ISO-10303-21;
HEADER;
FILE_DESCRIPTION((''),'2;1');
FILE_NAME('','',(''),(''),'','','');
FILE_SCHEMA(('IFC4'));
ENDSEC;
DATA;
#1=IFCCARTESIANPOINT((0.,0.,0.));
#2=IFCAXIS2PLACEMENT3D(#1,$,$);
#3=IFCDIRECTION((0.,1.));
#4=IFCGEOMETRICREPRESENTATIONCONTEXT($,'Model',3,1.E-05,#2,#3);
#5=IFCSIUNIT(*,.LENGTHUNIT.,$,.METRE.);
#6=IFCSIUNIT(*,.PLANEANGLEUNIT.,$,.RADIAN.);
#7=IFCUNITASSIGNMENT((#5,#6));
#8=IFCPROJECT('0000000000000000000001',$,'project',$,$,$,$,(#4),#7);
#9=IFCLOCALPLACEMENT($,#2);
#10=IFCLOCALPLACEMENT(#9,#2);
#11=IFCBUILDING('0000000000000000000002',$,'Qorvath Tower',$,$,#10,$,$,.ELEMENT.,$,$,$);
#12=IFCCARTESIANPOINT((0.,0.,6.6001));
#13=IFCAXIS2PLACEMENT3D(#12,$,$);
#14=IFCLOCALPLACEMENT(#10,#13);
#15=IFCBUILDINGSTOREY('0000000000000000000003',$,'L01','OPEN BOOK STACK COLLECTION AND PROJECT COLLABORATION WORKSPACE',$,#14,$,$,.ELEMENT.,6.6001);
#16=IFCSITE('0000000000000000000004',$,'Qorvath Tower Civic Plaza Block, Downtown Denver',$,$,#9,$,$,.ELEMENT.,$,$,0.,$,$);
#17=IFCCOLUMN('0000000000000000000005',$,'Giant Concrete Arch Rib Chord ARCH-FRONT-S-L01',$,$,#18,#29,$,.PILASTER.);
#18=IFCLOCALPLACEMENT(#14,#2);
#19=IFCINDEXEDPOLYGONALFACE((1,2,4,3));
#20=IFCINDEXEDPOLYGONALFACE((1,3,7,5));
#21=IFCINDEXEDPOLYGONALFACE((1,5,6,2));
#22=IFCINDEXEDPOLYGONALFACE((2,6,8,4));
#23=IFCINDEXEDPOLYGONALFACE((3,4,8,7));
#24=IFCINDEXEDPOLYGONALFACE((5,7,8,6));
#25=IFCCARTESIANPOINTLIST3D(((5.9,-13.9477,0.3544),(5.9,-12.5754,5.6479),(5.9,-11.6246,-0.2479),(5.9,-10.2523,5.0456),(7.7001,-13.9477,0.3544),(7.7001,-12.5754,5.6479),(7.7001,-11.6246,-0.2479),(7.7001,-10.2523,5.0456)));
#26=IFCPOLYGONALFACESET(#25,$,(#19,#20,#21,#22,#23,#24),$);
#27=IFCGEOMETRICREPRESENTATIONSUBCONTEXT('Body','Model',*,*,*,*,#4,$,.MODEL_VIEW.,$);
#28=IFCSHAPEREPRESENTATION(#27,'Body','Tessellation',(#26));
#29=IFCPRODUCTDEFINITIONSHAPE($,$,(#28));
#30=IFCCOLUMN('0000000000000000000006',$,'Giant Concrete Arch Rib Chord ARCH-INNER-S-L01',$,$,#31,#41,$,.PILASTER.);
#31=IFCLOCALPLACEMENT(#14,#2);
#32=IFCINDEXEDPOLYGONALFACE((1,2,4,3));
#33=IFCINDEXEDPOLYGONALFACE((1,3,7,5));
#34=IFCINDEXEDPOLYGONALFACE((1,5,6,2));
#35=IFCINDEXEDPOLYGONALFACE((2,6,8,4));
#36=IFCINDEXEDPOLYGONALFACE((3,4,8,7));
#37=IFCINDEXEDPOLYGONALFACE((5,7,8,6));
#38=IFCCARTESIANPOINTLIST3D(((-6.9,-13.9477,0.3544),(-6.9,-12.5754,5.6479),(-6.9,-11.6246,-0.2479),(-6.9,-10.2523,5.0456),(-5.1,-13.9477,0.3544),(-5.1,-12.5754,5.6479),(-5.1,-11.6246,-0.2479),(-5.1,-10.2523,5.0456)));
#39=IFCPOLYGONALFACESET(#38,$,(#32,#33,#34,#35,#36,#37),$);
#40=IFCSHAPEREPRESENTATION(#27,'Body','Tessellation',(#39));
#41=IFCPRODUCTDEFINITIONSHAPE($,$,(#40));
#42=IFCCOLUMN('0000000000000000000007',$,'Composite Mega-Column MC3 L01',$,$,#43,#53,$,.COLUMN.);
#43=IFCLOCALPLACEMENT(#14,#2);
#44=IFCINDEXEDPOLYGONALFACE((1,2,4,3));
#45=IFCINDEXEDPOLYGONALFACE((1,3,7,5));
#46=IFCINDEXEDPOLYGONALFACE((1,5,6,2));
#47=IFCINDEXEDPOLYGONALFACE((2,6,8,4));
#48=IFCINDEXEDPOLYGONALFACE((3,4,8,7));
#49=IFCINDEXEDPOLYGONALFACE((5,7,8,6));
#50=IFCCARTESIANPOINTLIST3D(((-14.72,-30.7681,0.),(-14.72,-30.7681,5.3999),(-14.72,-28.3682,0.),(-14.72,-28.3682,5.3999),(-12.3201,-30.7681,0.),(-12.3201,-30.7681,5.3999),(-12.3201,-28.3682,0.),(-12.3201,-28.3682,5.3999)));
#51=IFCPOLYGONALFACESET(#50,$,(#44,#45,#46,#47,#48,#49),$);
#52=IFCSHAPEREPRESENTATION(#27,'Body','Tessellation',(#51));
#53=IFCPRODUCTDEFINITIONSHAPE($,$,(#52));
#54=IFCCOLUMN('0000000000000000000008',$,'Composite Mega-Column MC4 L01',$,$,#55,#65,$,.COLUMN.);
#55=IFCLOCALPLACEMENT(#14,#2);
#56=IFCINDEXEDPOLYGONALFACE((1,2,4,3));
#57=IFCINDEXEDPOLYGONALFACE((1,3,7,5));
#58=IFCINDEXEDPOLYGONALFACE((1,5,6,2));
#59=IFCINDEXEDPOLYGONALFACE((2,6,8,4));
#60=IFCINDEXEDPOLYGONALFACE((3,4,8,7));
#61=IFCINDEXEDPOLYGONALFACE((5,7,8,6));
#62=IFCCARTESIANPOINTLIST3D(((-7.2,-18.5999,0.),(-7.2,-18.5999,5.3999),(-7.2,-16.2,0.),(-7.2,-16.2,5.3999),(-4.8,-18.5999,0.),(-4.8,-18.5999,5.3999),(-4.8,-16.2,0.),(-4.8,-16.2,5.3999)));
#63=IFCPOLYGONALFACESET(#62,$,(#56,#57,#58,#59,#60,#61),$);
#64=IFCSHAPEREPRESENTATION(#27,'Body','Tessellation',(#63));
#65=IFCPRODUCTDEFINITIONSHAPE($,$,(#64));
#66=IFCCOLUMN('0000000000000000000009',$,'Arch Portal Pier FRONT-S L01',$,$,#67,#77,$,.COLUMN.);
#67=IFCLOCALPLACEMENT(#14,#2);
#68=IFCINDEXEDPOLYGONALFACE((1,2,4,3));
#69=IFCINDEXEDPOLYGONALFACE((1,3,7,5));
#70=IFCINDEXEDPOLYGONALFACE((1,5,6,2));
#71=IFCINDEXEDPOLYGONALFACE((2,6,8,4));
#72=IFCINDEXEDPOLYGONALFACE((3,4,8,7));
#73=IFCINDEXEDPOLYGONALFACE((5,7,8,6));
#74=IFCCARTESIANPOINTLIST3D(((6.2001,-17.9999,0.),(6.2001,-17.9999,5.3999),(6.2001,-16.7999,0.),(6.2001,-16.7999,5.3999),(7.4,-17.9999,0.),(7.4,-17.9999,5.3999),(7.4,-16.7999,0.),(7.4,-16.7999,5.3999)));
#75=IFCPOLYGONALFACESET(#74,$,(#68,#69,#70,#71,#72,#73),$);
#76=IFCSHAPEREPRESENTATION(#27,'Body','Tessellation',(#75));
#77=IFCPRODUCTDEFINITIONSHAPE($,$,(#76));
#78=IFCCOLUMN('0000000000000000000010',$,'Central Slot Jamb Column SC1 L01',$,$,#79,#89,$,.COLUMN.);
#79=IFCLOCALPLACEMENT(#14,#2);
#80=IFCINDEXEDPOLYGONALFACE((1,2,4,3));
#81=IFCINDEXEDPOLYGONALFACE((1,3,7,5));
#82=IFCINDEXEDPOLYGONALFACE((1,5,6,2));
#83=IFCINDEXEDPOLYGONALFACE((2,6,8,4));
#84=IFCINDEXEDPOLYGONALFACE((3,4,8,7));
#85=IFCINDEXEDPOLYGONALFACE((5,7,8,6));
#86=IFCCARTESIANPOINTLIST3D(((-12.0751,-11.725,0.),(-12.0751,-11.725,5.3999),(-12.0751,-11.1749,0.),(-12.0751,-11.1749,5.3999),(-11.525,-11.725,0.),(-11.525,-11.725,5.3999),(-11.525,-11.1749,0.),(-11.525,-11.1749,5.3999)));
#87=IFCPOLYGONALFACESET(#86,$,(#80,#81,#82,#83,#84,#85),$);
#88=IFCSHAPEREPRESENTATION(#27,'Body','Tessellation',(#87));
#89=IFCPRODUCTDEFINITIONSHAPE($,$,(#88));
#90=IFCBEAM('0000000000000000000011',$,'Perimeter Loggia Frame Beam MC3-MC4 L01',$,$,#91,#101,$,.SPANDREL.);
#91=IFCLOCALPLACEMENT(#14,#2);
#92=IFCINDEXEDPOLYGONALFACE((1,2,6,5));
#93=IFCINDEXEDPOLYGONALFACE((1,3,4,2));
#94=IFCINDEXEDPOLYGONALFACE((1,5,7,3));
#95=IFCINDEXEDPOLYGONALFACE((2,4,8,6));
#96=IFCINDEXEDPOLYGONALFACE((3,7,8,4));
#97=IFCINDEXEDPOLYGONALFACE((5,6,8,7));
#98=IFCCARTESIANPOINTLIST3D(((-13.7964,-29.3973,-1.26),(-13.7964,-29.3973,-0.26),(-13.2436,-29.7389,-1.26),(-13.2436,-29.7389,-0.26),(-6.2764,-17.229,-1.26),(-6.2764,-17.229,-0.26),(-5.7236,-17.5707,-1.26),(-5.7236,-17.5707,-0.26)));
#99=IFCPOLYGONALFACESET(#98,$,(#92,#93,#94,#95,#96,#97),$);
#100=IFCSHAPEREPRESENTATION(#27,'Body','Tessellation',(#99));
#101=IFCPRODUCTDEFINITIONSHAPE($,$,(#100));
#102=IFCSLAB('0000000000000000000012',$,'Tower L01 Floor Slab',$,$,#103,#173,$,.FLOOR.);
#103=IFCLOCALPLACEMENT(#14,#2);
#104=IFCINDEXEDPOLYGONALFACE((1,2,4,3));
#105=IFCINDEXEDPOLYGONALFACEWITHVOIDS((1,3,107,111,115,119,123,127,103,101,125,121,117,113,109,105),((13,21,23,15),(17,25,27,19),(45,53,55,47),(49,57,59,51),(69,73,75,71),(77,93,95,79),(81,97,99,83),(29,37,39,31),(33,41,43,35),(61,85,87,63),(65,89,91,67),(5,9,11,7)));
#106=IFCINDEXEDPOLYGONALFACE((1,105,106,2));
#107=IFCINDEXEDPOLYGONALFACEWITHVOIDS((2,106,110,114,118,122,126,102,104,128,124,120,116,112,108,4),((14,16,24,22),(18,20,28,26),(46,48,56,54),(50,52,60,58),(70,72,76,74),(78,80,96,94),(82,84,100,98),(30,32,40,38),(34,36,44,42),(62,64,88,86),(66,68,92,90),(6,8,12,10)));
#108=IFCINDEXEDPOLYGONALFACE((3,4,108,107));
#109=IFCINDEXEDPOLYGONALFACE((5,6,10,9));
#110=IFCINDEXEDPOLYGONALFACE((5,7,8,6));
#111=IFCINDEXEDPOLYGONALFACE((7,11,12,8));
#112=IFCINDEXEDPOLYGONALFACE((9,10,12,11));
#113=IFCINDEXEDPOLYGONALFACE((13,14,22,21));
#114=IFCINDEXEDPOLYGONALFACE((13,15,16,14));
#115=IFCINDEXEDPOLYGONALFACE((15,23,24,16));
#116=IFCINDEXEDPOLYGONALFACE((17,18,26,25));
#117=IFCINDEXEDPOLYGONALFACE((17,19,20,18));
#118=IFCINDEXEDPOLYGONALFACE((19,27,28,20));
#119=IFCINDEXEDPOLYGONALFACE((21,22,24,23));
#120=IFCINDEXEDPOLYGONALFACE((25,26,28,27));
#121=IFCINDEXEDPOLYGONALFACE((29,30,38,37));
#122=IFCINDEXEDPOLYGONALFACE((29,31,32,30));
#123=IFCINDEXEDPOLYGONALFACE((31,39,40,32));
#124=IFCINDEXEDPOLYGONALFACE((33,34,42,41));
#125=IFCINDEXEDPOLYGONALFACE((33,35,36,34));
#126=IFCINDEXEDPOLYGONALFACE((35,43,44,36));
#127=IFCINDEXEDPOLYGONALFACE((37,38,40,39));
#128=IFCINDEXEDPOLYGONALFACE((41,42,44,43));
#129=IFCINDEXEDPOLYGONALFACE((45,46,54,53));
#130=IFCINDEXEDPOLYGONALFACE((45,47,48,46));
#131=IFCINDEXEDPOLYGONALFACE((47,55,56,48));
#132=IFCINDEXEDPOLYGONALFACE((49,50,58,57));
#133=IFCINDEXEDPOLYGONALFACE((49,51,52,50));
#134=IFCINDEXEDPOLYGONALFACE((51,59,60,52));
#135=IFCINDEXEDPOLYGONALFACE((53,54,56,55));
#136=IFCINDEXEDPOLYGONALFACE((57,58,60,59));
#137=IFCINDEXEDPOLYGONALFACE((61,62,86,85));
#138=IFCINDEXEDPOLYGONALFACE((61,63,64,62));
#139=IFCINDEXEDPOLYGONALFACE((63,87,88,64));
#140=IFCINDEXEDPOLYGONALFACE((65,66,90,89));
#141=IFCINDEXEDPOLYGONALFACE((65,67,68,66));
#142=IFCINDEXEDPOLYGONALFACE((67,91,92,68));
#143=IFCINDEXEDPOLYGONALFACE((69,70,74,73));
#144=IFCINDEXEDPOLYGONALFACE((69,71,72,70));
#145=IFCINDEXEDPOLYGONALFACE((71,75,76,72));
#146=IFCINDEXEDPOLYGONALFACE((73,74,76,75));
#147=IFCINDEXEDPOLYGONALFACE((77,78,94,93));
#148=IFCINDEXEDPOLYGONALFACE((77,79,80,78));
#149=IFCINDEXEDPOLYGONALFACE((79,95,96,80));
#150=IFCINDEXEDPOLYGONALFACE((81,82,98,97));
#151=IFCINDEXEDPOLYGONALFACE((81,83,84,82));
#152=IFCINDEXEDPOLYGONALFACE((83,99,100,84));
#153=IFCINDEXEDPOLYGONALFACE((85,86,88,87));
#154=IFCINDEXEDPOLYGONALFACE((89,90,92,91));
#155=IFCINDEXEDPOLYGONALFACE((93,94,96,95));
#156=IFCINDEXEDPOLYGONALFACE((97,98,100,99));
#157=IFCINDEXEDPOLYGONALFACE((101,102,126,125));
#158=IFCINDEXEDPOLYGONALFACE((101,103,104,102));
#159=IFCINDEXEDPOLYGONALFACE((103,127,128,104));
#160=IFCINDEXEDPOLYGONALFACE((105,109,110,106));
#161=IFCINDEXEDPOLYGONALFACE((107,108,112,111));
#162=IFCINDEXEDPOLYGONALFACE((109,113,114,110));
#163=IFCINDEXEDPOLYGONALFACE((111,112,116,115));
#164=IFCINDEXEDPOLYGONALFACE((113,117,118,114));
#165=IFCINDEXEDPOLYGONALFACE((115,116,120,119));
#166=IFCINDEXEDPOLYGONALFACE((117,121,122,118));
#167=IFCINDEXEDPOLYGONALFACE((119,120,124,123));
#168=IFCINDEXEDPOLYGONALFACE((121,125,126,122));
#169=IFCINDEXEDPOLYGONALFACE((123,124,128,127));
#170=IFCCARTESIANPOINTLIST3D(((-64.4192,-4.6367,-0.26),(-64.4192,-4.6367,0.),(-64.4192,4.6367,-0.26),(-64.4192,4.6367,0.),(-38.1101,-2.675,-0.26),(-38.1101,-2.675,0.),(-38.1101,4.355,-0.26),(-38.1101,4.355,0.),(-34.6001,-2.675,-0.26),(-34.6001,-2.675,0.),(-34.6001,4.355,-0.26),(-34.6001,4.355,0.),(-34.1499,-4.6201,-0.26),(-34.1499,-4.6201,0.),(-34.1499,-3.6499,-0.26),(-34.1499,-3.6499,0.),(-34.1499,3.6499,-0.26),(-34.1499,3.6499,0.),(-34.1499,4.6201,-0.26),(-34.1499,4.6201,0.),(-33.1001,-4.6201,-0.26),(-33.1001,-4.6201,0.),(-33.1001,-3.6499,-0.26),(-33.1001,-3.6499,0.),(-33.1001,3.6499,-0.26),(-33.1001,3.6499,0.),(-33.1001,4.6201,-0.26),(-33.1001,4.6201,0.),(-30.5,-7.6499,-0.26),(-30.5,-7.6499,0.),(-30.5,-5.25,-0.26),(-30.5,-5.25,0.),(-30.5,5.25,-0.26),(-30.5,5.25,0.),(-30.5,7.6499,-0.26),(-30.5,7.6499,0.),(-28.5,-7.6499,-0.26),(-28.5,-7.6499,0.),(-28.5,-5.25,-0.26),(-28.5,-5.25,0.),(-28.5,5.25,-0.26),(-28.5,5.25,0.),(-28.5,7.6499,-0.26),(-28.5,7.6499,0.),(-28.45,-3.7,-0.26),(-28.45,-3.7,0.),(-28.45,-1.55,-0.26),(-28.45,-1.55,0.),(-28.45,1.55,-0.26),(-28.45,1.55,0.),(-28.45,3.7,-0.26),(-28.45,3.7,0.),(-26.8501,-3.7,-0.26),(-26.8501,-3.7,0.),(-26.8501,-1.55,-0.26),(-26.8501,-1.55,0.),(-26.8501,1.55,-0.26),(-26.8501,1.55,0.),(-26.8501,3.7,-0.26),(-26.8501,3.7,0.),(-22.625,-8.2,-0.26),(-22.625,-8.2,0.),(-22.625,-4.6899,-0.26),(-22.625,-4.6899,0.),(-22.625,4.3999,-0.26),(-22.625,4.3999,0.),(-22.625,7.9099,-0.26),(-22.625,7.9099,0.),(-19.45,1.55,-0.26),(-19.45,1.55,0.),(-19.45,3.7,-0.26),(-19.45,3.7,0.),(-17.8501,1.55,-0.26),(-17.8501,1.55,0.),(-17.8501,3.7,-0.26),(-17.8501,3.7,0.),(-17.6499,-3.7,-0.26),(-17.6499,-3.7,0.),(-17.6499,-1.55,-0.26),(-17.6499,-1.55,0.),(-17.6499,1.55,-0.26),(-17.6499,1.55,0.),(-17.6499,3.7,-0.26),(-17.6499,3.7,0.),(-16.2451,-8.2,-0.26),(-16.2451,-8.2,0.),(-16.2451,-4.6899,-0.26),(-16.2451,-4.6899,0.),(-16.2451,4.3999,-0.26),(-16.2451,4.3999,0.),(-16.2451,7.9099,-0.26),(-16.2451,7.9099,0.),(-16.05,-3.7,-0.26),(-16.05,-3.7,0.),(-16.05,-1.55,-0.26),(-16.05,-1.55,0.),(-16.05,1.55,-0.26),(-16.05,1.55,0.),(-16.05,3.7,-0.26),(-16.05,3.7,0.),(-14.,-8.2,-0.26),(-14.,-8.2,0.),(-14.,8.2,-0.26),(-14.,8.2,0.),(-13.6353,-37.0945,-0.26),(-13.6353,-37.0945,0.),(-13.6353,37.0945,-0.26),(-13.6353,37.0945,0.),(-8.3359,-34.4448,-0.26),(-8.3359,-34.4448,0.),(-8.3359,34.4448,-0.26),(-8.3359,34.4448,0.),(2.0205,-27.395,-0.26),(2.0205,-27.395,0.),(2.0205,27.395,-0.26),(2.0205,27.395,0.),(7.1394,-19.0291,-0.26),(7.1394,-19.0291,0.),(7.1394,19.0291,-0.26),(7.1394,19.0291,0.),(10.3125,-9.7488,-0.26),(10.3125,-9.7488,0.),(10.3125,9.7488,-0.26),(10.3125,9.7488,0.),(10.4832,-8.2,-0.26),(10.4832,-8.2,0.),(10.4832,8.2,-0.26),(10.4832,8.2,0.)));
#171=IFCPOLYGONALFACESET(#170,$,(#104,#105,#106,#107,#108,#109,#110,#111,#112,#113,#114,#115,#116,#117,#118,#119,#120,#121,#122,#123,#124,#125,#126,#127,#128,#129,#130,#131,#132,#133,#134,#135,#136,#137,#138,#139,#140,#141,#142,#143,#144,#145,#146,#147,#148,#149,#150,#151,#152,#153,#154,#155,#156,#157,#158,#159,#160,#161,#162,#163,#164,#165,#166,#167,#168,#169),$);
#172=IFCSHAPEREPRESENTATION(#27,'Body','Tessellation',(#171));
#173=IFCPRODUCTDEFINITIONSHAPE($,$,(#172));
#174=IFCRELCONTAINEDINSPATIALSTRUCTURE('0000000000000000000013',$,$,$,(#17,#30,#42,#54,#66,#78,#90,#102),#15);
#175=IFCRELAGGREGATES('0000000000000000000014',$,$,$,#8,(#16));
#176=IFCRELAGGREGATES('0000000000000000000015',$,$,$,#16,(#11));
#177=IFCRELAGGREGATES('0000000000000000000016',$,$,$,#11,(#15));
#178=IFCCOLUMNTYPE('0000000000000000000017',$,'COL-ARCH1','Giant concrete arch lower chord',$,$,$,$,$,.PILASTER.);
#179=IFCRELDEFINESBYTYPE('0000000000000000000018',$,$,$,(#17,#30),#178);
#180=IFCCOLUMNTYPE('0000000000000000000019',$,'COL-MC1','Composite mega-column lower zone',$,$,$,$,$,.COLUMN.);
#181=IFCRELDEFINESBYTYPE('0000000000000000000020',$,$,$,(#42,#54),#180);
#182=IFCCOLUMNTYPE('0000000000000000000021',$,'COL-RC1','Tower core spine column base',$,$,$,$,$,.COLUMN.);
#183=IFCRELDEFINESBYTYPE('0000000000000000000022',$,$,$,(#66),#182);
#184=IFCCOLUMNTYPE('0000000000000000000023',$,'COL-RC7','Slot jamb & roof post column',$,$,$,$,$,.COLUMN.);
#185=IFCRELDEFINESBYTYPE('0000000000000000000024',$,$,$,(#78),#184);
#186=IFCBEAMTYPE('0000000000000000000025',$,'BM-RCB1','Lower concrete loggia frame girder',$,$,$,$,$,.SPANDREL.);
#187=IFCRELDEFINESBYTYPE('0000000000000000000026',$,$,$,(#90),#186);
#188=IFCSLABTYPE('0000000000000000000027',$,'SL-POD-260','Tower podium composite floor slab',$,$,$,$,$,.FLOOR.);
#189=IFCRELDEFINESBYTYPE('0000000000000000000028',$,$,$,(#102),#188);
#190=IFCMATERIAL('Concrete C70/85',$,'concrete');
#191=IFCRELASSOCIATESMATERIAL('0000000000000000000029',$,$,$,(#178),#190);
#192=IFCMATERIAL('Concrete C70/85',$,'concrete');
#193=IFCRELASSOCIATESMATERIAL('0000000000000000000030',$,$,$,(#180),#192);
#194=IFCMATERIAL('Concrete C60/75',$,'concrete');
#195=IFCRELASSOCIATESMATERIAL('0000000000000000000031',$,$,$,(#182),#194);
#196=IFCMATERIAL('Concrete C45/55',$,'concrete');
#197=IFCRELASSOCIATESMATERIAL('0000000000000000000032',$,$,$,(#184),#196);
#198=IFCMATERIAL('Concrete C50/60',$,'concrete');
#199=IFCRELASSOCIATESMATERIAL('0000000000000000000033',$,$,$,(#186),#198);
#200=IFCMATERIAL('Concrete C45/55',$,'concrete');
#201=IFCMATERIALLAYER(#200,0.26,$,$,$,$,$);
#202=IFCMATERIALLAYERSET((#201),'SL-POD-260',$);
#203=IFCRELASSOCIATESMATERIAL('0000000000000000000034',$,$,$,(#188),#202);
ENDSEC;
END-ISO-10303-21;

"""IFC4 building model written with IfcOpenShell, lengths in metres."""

from ifc_helpers import new_model, si_unit, direction, frame, origin, origin_2d, place, context, subcontext, project, spatial, polyline, rectangle, outline, extrude, material, layer, layer_set, material_profile, profile_set, type_object, element, save


model = new_model("IFC4")

# Units and contexts
model_context = context("Model", 3, precision=1e-05, world=origin(), true_north=direction((0.0, 1.0)))
body_context = subcontext(model_context, "Body", "Model", "MODEL_VIEW")
ifc_project = project(units=[si_unit("LENGTHUNIT", "METRE"), si_unit("PLANEANGLEUNIT", "RADIAN")], contexts=[model_context])

# Site, building, storey
site_placement = place(None, origin())
site = spatial("IfcSite", under=ifc_project, at=site_placement, Name="Qorvath Tower Civic Plaza Block, Downtown Denver", CompositionType="ELEMENT", RefElevation=0.0)
building_placement = place(site_placement, origin())
building = spatial("IfcBuilding", under=site, at=building_placement, Name="Qorvath Tower", CompositionType="ELEMENT")
storey_placement = place(building_placement, frame((0.0, 0.0, 6.6001)))
storey = spatial("IfcBuildingStorey", under=building, at=storey_placement, Name="L01", Description="OPEN BOOK STACK COLLECTION AND PROJECT COLLABORATION WORKSPACE", CompositionType="ELEMENT", Elevation=6.6001)

# Columns
ifc_material_1 = material(Name="Concrete C70/85", Category="concrete")
ifc_material_profile_1 = material_profile(ifc_material_1, rectangle(XDim=1.8, YDim=2.3999, at=origin_2d()), Name="ARCH 2400x1800")
ifc_profile_set_1 = profile_set([ifc_material_profile_1], Name="Concrete C70/85")
column_type_1 = type_object("IfcColumnType", Name="COL-ARCH1", Description="Giant concrete arch lower chord", PredefinedType="PILASTER", material=ifc_profile_set_1)
for number, where, z_axis, x_axis, name in (
    (1, (6.8, -12.7861, 0.0532), (0.0, 0.250951, 0.968), (-1.0, 0.0, 0.0), "Giant Concrete Arch Rib Chord ARCH-FRONT-S-L01"),
    (2, (-6.0, -12.7861, 0.0532), (0.0, 0.250951, 0.968), (-1.0, 0.0, 0.0), "Giant Concrete Arch Rib Chord ARCH-INNER-S-L01"),
):
    element("IfcColumn", number, at=place(storey_placement, frame(where, z_axis=z_axis, x_axis=x_axis)), inside=storey, type_object=column_type_1, Name=name, PredefinedType="PILASTER", context=body_context, shape_type="SweptSolid", body=[
        extrude(rectangle(XDim=1.8, YDim=2.3999, at=origin_2d()), origin(), (0.0, 0.0, 1.0), 5.4685),
    ])
ifc_material_2 = material(Name="Concrete C70/85", Category="concrete")
ifc_material_profile_2 = material_profile(ifc_material_2, rectangle(XDim=2.3999, YDim=2.3999, at=origin_2d()), Name="MC 2400x2400")
ifc_profile_set_2 = profile_set([ifc_material_profile_2], Name="Concrete C70/85")
column_type_2 = type_object("IfcColumnType", Name="COL-MC1", Description="Composite mega-column lower zone", PredefinedType="COLUMN", material=ifc_profile_set_2)
for number, where, z_axis, x_axis, name in (
    (3, (-13.52, -29.5681, 0.0), (0.0, 0.0, 1.0), (1.0, 0.0, 0.0), "Composite Mega-Column MC3 L01"),
    (4, (-6.0, -17.3999, 0.0), (0.0, 0.0, 1.0), (1.0, 0.0, 0.0), "Composite Mega-Column MC4 L01"),
):
    element("IfcColumn", number, at=place(storey_placement, frame(where, z_axis=z_axis, x_axis=x_axis)), inside=storey, type_object=column_type_2, Name=name, PredefinedType="COLUMN", context=body_context, shape_type="SweptSolid", body=[
        extrude(rectangle(XDim=2.3999, YDim=2.3999, at=origin_2d()), origin(), (0.0, 0.0, 1.0), 5.3999),
    ])
ifc_material_3 = material(Name="Concrete C60/75", Category="concrete")
ifc_material_profile_3 = material_profile(ifc_material_3, rectangle(XDim=1.2, YDim=1.2, at=origin_2d()), Name="RC 1200x1200")
ifc_profile_set_3 = profile_set([ifc_material_profile_3], Name="Concrete C60/75")
column_type_3 = type_object("IfcColumnType", Name="COL-RC1", Description="Tower core spine column base", PredefinedType="COLUMN", material=ifc_profile_set_3)
column_1_placement = place(storey_placement, frame((6.8, -17.3999, 0.0), z_axis=(0.0, 0.0, 1.0), x_axis=(1.0, 0.0, 0.0)))
element("IfcColumn", 5, at=column_1_placement, inside=storey, type_object=column_type_3, Name="Arch Portal Pier FRONT-S L01", PredefinedType="COLUMN", context=body_context, shape_type="SweptSolid", body=[
    extrude(rectangle(XDim=1.2, YDim=1.2, at=origin_2d()), origin(), (0.0, 0.0, 1.0), 5.3999),
])
ifc_material_4 = material(Name="Concrete C45/55", Category="concrete")
ifc_material_profile_4 = material_profile(ifc_material_4, rectangle(XDim=0.55, YDim=0.55, at=origin_2d()), Name="RC 550x550")
ifc_profile_set_4 = profile_set([ifc_material_profile_4], Name="Concrete C45/55")
column_type_4 = type_object("IfcColumnType", Name="COL-RC7", Description="Slot jamb & roof post column", PredefinedType="COLUMN", material=ifc_profile_set_4)
column_2_placement = place(storey_placement, frame((-11.8, -11.45, 0.0), z_axis=(0.0, 0.0, 1.0), x_axis=(1.0, 0.0, 0.0)))
element("IfcColumn", 6, at=column_2_placement, inside=storey, type_object=column_type_4, Name="Central Slot Jamb Column SC1 L01", PredefinedType="COLUMN", context=body_context, shape_type="SweptSolid", body=[
    extrude(rectangle(XDim=0.55, YDim=0.55, at=origin_2d()), origin(), (0.0, 0.0, 1.0), 5.3999),
])

# Beam
ifc_material_5 = material(Name="Concrete C50/60", Category="concrete")
ifc_material_profile_5 = material_profile(ifc_material_5, rectangle(XDim=0.6499, YDim=1.0, at=origin_2d()), Name="RCB 1000x650")
ifc_profile_set_5 = profile_set([ifc_material_profile_5], Name="Concrete C50/60")
beam_type = type_object("IfcBeamType", Name="BM-RCB1", Description="Lower concrete loggia frame girder", PredefinedType="SPANDREL", material=ifc_profile_set_5)
beam_placement = place(storey_placement, frame((-13.52, -29.5681, -0.76), z_axis=(0.525713, 0.850662, 0.0), x_axis=(-0.850662, 0.525713, 0.0)))
element("IfcBeam", 7, at=beam_placement, inside=storey, type_object=beam_type, Name="Perimeter Loggia Frame Beam MC3-MC4 L01", PredefinedType="SPANDREL", context=body_context, shape_type="SweptSolid", body=[
    extrude(rectangle(XDim=0.6499, YDim=1.0, at=origin_2d()), origin(), (0.0, 0.0, 1.0), 14.3044),
])

# Slab
ifc_material_6 = material(Name="Concrete C45/55", Category="concrete")
ifc_layer_1 = layer(ifc_material_6, 0.26)
ifc_layer_set_1 = layer_set([ifc_layer_1], Name="SL-POD-260")
slab_type = type_object("IfcSlabType", Name="SL-POD-260", Description="Tower podium composite floor slab", PredefinedType="FLOOR", material=ifc_layer_set_1)
slab_placement = place(storey_placement, frame((0.0, 0.0, -0.26)))
element("IfcSlab", 8, at=slab_placement, inside=storey, type_object=slab_type, Name="Tower L01 Floor Slab", PredefinedType="FLOOR", context=body_context, shape_type="SweptSolid", body=[
    extrude(outline(polyline([(10.3125, -9.7488), (10.4832, -8.2), (-14.0, -8.2), (-14.0, 8.2), (10.4832, 8.2), (10.3125, 9.7488), (7.1394, 19.0291), (2.0205, 27.395), (-8.3359, 34.4448), (-13.6353, 37.0945), (-64.4192, 4.6367), (-64.4192, -4.6367), (-13.6353, -37.0945), (-8.3359, -34.4448), (2.0205, -27.395), (7.1394, -19.0291), (10.3125, -9.7488)]), holes=[polyline([(-17.6499, -3.7), (-17.6499, -1.55), (-16.05, -1.55), (-16.05, -3.7), (-17.6499, -3.7)]), polyline([(-17.6499, 1.55), (-17.6499, 3.7), (-16.05, 3.7), (-16.05, 1.55), (-17.6499, 1.55)]), polyline([(-16.2451, -8.2), (-22.625, -8.2), (-22.625, -4.6899), (-16.2451, -4.6899), (-16.2451, -8.2)]), polyline([(-22.625, 4.3999), (-22.625, 7.9099), (-16.2451, 7.9099), (-16.2451, 4.3999), (-22.625, 4.3999)]), polyline([(-17.8501, 1.55), (-19.45, 1.55), (-19.45, 3.7), (-17.8501, 3.7), (-17.8501, 1.55)]), polyline([(-28.45, -3.7), (-28.45, -1.55), (-26.8501, -1.55), (-26.8501, -3.7), (-28.45, -3.7)]), polyline([(-26.8501, 1.55), (-28.45, 1.55), (-28.45, 3.7), (-26.8501, 3.7), (-26.8501, 1.55)]), polyline([(-28.5, -7.6499), (-30.5, -7.6499), (-30.5, -5.25), (-28.5, -5.25), (-28.5, -7.6499)]), polyline([(-30.5, 5.25), (-30.5, 7.6499), (-28.5, 7.6499), (-28.5, 5.25), (-30.5, 5.25)]), polyline([(-34.1499, -4.6201), (-34.1499, -3.6499), (-33.1001, -3.6499), (-33.1001, -4.6201), (-34.1499, -4.6201)]), polyline([(-34.1499, 3.6499), (-34.1499, 4.6201), (-33.1001, 4.6201), (-33.1001, 3.6499), (-34.1499, 3.6499)]), polyline([(-34.6001, -2.675), (-38.1101, -2.675), (-38.1101, 4.355), (-34.6001, 4.355), (-34.6001, -2.675)])]), origin(), (0.0, 0.0, 1.0), 0.26),
])

save(model, "model.ifc")
